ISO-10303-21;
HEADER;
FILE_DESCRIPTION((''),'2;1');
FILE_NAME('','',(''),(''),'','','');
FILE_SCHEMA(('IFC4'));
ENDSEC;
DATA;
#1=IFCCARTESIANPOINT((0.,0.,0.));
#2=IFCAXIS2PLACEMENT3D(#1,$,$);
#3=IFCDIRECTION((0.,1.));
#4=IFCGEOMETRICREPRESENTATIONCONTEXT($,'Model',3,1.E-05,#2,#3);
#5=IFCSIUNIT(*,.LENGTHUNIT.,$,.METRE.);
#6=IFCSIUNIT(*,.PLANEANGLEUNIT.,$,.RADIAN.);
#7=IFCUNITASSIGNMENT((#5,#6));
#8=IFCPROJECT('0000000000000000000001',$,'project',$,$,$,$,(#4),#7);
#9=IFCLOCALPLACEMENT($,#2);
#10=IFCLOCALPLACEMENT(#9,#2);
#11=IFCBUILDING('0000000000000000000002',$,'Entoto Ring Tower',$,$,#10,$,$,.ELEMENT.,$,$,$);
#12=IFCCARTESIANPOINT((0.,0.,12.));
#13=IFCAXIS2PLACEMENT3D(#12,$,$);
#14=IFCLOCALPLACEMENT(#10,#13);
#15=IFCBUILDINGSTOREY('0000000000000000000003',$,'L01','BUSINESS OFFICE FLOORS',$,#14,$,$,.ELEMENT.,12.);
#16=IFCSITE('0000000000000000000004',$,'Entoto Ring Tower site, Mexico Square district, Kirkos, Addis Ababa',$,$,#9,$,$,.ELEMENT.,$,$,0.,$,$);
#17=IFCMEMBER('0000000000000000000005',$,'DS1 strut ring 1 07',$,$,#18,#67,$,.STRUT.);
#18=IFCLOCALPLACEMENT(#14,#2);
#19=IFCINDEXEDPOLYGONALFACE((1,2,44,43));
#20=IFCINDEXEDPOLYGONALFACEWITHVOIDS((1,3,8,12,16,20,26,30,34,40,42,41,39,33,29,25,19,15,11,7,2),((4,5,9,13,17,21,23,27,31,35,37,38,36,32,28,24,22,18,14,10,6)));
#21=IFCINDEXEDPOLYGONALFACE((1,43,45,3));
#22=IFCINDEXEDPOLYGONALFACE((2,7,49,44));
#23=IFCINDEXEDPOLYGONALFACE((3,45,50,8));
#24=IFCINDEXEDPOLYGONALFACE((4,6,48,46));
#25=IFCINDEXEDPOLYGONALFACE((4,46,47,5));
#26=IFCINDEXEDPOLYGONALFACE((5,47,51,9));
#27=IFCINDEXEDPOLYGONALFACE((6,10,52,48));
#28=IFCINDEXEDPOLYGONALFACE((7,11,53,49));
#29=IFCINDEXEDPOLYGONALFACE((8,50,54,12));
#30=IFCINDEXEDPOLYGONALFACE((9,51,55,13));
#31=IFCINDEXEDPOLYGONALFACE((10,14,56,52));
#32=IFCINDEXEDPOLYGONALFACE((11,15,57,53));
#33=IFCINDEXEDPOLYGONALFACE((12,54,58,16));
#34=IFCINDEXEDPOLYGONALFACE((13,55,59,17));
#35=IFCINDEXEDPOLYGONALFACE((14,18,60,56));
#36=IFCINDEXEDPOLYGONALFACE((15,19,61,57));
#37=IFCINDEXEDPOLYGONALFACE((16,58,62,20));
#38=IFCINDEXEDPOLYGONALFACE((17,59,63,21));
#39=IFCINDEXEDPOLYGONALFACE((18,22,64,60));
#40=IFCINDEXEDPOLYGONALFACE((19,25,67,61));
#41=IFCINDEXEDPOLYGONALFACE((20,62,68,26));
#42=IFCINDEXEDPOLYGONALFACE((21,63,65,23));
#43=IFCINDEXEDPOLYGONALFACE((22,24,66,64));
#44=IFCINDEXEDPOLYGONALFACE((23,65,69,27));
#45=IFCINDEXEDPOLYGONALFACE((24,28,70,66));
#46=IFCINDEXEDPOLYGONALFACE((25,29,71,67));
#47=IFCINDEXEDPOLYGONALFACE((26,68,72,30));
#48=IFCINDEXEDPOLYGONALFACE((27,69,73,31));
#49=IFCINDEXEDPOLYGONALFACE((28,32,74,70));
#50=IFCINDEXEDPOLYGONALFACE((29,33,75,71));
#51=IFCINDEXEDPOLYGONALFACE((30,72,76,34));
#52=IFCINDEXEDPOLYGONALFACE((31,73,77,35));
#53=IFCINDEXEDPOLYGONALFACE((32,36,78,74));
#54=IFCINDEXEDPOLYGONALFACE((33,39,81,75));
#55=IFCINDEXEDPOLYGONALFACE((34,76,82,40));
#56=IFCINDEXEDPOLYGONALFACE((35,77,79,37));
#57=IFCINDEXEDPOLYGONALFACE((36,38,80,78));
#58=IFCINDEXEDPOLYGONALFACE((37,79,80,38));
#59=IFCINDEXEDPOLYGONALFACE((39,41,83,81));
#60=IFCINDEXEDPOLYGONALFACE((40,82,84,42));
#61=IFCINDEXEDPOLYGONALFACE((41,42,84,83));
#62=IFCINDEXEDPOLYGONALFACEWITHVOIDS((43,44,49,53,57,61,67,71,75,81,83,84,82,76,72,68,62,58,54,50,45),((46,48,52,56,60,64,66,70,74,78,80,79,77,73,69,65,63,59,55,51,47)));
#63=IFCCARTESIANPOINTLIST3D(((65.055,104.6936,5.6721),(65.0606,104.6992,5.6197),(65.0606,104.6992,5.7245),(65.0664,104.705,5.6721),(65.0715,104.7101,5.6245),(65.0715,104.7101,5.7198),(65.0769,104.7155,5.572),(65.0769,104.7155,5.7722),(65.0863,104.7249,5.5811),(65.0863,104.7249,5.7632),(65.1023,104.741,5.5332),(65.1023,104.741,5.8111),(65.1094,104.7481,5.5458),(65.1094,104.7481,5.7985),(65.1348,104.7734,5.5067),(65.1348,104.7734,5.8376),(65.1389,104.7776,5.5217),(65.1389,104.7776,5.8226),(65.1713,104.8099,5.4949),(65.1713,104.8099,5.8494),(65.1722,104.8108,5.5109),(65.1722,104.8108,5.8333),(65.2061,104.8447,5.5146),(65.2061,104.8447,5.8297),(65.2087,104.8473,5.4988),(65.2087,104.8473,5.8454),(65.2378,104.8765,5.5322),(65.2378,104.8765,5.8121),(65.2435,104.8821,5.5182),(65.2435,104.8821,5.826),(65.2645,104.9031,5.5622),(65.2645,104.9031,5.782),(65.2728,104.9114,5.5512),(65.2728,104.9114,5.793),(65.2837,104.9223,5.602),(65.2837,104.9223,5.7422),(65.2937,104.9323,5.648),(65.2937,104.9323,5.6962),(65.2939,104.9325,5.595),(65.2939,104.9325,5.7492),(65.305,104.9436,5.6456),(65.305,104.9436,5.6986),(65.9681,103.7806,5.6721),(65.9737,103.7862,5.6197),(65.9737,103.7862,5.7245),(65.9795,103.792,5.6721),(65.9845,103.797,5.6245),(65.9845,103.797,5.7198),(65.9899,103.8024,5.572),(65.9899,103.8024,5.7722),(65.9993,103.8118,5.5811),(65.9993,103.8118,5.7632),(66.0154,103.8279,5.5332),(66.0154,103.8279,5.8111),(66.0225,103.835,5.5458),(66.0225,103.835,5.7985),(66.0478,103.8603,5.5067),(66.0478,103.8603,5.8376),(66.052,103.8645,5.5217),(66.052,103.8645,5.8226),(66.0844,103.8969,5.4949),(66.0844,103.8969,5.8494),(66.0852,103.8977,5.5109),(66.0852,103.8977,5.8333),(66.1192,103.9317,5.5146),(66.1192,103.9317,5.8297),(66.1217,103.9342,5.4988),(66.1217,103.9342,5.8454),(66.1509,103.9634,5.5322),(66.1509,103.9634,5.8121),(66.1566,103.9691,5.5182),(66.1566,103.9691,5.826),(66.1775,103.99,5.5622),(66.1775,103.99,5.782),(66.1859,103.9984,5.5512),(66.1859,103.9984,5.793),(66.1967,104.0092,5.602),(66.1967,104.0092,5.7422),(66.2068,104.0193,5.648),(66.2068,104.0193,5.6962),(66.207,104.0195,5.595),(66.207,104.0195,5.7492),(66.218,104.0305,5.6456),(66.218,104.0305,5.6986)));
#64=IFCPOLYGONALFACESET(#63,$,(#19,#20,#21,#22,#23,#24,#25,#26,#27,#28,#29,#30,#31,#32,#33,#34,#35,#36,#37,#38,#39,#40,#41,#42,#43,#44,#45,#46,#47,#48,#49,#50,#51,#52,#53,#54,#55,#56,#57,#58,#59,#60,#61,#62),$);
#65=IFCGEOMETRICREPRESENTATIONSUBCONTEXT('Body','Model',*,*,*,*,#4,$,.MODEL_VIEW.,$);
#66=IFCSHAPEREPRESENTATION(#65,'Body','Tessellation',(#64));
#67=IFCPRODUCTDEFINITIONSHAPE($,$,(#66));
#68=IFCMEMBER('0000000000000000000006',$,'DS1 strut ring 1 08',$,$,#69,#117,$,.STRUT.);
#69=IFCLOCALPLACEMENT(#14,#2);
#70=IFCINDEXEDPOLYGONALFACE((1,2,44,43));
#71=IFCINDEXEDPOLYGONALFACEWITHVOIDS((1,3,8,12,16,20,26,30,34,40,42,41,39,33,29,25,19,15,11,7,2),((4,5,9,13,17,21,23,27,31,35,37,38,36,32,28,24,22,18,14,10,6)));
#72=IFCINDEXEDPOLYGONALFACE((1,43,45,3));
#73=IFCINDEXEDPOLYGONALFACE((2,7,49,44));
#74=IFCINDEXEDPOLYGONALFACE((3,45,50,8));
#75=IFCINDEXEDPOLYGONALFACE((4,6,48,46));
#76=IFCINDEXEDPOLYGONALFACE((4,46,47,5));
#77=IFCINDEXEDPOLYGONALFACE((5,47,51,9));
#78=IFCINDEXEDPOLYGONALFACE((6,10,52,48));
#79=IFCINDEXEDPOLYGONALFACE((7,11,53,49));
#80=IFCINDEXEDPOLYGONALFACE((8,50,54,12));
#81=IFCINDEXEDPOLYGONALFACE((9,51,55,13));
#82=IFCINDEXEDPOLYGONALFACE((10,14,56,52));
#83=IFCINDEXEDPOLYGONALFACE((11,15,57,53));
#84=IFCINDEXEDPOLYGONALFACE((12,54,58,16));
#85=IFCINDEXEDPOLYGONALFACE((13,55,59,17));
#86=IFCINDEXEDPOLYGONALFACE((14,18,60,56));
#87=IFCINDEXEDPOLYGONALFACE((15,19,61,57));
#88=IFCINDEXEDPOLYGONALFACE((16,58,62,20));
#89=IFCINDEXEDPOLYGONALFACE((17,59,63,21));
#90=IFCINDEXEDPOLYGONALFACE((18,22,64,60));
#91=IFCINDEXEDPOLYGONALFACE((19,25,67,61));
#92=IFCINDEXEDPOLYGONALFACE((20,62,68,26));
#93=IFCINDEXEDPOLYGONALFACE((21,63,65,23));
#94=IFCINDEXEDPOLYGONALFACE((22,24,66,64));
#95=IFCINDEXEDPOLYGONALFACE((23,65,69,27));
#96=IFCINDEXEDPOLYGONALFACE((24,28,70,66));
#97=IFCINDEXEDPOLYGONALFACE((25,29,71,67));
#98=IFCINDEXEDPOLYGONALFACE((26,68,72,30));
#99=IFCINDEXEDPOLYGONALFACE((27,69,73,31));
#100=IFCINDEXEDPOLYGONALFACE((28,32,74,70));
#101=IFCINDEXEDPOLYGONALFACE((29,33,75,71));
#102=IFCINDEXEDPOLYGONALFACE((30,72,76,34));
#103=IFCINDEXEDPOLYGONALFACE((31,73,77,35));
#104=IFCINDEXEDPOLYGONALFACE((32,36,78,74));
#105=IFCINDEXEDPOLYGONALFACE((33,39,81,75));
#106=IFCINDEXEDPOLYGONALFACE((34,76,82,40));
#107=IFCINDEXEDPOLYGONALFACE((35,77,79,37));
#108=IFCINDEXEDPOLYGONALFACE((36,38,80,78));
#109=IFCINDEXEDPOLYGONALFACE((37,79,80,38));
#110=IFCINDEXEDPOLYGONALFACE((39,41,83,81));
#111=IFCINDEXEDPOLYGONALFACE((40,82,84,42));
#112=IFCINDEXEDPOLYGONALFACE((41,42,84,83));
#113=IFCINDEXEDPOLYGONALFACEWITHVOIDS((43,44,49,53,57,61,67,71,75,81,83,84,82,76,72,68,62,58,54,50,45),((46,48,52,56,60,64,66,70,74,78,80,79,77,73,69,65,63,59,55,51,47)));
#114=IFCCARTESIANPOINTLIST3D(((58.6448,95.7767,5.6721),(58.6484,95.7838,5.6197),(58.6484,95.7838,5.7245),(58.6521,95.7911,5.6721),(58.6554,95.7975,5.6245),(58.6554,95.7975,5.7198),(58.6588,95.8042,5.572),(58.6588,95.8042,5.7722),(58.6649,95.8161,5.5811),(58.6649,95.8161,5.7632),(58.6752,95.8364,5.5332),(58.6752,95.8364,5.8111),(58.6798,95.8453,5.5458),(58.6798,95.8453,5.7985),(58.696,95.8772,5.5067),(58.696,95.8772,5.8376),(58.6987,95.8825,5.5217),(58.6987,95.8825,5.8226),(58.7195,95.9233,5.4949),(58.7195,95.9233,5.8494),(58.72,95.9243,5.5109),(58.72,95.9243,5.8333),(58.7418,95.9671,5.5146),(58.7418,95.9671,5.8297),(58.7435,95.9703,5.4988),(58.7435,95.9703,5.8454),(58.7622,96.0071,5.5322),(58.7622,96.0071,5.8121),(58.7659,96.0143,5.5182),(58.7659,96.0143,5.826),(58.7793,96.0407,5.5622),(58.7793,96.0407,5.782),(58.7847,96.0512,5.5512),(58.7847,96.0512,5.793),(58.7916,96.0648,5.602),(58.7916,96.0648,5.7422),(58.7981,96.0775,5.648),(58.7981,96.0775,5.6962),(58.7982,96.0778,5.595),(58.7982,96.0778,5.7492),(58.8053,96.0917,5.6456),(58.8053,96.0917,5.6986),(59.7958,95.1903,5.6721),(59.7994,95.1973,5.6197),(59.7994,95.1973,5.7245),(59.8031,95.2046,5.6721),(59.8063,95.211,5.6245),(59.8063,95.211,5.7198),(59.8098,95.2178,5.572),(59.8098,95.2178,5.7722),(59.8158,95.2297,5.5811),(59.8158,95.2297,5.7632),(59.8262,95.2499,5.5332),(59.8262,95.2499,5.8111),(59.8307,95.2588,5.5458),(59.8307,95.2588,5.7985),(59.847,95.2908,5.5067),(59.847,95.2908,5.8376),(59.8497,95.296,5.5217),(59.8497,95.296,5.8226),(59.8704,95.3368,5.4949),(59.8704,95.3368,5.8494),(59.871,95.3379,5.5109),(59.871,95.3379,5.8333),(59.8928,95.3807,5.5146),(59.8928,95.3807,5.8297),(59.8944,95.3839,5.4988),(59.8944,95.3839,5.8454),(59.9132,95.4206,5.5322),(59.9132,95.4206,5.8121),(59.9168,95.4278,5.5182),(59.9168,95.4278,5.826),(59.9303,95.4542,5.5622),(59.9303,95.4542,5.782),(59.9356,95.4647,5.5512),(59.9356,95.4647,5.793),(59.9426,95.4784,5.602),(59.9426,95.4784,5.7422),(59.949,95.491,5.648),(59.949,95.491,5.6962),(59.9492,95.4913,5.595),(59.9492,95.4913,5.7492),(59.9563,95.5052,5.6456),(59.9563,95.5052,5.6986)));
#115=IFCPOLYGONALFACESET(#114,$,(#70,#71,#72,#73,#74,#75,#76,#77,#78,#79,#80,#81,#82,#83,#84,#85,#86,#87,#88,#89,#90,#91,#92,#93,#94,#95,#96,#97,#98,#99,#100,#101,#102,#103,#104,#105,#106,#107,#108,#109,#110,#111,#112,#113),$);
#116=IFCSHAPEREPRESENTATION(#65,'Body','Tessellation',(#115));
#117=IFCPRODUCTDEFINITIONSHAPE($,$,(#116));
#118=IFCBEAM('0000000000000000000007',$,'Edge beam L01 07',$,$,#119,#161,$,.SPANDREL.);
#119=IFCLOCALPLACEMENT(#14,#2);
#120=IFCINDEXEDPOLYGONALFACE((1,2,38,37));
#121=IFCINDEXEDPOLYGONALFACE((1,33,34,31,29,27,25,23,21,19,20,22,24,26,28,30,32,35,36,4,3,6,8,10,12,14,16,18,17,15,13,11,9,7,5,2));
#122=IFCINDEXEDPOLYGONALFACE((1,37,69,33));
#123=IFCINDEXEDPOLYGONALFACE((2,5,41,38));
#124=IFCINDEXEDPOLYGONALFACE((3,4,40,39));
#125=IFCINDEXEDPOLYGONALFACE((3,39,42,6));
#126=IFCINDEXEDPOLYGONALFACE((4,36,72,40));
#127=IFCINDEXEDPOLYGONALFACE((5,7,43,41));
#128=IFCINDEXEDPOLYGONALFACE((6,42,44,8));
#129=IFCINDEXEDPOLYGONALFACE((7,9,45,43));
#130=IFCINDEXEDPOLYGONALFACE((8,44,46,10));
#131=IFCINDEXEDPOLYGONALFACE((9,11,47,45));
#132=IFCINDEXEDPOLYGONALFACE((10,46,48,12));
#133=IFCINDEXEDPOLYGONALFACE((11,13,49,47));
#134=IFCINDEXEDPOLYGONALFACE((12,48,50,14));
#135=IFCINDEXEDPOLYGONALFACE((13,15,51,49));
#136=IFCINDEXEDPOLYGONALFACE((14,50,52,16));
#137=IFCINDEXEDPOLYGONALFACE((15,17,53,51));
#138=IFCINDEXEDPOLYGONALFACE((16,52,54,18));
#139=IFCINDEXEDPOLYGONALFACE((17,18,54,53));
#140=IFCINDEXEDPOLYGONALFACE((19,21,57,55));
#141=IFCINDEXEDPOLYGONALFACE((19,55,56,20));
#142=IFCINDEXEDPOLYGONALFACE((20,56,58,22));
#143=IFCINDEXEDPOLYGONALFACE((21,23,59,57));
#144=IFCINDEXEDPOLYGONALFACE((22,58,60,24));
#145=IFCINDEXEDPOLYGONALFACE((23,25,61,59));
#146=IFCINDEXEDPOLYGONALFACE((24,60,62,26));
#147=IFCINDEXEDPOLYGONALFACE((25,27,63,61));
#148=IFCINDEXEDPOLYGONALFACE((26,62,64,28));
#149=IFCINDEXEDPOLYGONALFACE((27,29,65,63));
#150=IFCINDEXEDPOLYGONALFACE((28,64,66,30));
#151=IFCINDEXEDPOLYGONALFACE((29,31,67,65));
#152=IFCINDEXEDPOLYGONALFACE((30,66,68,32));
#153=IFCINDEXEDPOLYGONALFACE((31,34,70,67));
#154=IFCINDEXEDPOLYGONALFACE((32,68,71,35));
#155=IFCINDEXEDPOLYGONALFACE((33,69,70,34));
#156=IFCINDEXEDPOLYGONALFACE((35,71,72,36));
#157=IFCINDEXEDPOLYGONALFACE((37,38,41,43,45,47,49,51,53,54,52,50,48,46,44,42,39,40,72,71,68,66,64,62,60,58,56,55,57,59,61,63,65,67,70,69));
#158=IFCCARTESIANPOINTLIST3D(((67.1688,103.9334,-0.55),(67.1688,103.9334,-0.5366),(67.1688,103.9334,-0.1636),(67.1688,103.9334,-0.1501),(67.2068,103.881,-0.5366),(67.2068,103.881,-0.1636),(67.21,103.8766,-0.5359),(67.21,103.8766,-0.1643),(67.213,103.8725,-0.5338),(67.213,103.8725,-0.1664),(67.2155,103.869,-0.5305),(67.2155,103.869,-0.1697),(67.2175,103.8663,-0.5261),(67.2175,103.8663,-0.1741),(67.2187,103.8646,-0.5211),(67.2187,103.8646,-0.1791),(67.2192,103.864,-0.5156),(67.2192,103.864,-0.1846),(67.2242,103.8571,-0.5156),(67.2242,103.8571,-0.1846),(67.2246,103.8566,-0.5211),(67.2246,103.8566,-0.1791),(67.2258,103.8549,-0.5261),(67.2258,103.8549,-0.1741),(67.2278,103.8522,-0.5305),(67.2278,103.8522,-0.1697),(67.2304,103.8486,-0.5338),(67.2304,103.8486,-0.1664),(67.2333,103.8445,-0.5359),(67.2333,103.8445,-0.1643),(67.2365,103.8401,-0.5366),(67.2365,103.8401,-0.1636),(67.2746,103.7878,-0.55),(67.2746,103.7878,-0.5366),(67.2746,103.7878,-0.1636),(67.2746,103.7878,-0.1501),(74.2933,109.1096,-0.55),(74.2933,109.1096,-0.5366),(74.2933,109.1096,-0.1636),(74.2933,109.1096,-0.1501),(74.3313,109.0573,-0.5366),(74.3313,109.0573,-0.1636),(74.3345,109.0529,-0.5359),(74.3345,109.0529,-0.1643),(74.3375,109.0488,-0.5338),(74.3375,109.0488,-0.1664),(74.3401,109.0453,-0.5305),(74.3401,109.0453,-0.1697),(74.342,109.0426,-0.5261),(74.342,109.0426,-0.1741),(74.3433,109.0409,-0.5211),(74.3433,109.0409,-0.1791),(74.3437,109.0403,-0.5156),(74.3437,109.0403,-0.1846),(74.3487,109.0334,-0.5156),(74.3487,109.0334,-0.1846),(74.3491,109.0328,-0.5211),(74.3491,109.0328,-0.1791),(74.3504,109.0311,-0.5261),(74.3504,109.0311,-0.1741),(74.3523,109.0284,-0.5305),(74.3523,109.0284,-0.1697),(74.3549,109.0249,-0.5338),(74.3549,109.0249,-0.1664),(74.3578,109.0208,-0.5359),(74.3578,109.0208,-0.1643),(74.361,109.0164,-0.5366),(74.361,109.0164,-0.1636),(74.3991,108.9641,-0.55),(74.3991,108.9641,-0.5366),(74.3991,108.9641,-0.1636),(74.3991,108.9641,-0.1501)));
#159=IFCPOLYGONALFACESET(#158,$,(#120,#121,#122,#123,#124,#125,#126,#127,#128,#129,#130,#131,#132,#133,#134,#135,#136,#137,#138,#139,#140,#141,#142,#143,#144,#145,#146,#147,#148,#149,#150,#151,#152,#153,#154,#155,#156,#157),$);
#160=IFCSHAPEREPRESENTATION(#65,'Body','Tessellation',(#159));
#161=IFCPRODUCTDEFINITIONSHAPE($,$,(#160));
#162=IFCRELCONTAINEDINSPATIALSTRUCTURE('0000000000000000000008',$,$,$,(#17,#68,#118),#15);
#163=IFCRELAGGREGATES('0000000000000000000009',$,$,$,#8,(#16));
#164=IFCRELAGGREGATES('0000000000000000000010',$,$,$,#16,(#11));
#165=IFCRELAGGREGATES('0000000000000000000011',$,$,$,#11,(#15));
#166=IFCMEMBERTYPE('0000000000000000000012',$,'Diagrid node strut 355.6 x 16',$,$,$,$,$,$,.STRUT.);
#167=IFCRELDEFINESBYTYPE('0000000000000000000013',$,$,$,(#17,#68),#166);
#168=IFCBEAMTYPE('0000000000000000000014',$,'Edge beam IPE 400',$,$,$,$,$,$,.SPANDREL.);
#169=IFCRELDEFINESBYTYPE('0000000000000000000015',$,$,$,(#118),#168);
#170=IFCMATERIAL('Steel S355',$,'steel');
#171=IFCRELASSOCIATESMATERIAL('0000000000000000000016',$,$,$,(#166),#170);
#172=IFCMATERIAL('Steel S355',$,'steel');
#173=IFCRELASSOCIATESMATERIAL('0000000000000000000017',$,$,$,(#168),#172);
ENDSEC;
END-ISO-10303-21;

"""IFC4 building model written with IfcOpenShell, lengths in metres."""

from ifc_helpers import new_model, si_unit, direction, frame, origin, origin_2d, place, context, subcontext, project, spatial, circle, hollow_circle, i_section, extrude, material, material_profile, profile_set, type_object, element, save


model = new_model("IFC4")

# Units and contexts
model_context = context("Model", 3, precision=1e-05, world=origin(), true_north=direction((0.0, 1.0)))
body_context = subcontext(model_context, "Body", "Model", "MODEL_VIEW")
ifc_project = project(units=[si_unit("LENGTHUNIT", "METRE"), si_unit("PLANEANGLEUNIT", "RADIAN")], contexts=[model_context])

# Site, building, storey
site_placement = place(None, origin())
site = spatial("IfcSite", under=ifc_project, at=site_placement, Name="Entoto Ring Tower site, Mexico Square district, Kirkos, Addis Ababa", CompositionType="ELEMENT", RefElevation=0.0)
building_placement = place(site_placement, origin())
building = spatial("IfcBuilding", under=site, at=building_placement, Name="Entoto Ring Tower", CompositionType="ELEMENT")
storey_placement = place(building_placement, frame((0.0, 0.0, 12.0)))
storey = spatial("IfcBuildingStorey", under=building, at=storey_placement, Name="L01", Description="BUSINESS OFFICE FLOORS", CompositionType="ELEMENT", Elevation=12.0)

# Members
ifc_material_1 = material(Name="Steel S355", Category="steel")
ifc_material_profile_1 = material_profile(ifc_material_1, hollow_circle(Radius=0.1777, WallThickness=0.0161, at=origin_2d()), Name="CHS 355.6 x 16")
ifc_material_2 = material(Name="Concrete C60/75", Category="concrete")
ifc_material_profile_2 = material_profile(ifc_material_2, circle(Radius=0.1619, at=origin_2d()), Name="Concrete C60/75 infill")
ifc_profile_set_1 = profile_set([ifc_material_profile_1, ifc_material_profile_2], Name="Steel S355")
member_type_1 = type_object("IfcMemberType", Name="Diagrid node strut 355.6 x 16", PredefinedType="STRUT", material=ifc_profile_set_1)
member_1_placement = place(storey_placement, frame((66.0938, 103.9062, 5.6721), z_axis=(-0.707107, 0.707107, 0.0), x_axis=(-0.707107, -0.707107, 0.0)))
element("IfcMember", 1, at=member_1_placement, inside=storey, type_object=member_type_1, Name="DS1 strut ring 1 07", PredefinedType="STRUT", context=body_context, shape_type="SweptSolid", body=[
    extrude(hollow_circle(Radius=0.1777, WallThickness=0.0161, at=origin_2d()), origin(), (0.0, 0.0, 1.0), 1.2913),
])
member_2_placement = place(storey_placement, frame((59.8765, 95.3486, 5.6721), z_axis=(-0.890999, 0.454005, 0.0), x_axis=(-0.454005, -0.890999, 0.0)))
element("IfcMember", 2, at=member_2_placement, inside=storey, type_object=member_type_1, Name="DS1 strut ring 1 08", PredefinedType="STRUT", context=body_context, shape_type="SweptSolid", body=[
    extrude(hollow_circle(Radius=0.1777, WallThickness=0.0161, at=origin_2d()), origin(), (0.0, 0.0, 1.0), 1.2917),
])

# Beam
ifc_material_3 = material(Name="Steel S355", Category="steel")
ifc_material_profile_3 = material_profile(ifc_material_3, i_section(OverallWidth=0.1799, OverallDepth=0.3999, WebThickness=0.0085, FlangeThickness=0.0134, FilletRadius=0.021, at=origin_2d()), Name="IPE 400")
ifc_profile_set_2 = profile_set([ifc_material_profile_3], Name="Steel S355")
beam_type = type_object("IfcBeamType", Name="Edge beam IPE 400", PredefinedType="SPANDREL", material=ifc_profile_set_2)
for number, where, z_axis, x_axis, name in (
    (3, (74.3462, 109.0369, -0.3501), (-0.809017, -0.587786, 0.0), (0.587786, -0.809017, 0.0), "Edge beam L01 07"),
):
    element("IfcBeam", number, at=place(storey_placement, frame(where, z_axis=z_axis, x_axis=x_axis)), inside=storey, type_object=beam_type, Name=name, PredefinedType="SPANDREL", context=body_context, shape_type="SweptSolid", body=[
        extrude(i_section(OverallWidth=0.1799, OverallDepth=0.3999, WebThickness=0.0085, FlangeThickness=0.0134, FilletRadius=0.021, at=origin_2d()), origin(), (0.0, 0.0, 1.0), 8.8064),
    ])

save(model, "model.ifc")
